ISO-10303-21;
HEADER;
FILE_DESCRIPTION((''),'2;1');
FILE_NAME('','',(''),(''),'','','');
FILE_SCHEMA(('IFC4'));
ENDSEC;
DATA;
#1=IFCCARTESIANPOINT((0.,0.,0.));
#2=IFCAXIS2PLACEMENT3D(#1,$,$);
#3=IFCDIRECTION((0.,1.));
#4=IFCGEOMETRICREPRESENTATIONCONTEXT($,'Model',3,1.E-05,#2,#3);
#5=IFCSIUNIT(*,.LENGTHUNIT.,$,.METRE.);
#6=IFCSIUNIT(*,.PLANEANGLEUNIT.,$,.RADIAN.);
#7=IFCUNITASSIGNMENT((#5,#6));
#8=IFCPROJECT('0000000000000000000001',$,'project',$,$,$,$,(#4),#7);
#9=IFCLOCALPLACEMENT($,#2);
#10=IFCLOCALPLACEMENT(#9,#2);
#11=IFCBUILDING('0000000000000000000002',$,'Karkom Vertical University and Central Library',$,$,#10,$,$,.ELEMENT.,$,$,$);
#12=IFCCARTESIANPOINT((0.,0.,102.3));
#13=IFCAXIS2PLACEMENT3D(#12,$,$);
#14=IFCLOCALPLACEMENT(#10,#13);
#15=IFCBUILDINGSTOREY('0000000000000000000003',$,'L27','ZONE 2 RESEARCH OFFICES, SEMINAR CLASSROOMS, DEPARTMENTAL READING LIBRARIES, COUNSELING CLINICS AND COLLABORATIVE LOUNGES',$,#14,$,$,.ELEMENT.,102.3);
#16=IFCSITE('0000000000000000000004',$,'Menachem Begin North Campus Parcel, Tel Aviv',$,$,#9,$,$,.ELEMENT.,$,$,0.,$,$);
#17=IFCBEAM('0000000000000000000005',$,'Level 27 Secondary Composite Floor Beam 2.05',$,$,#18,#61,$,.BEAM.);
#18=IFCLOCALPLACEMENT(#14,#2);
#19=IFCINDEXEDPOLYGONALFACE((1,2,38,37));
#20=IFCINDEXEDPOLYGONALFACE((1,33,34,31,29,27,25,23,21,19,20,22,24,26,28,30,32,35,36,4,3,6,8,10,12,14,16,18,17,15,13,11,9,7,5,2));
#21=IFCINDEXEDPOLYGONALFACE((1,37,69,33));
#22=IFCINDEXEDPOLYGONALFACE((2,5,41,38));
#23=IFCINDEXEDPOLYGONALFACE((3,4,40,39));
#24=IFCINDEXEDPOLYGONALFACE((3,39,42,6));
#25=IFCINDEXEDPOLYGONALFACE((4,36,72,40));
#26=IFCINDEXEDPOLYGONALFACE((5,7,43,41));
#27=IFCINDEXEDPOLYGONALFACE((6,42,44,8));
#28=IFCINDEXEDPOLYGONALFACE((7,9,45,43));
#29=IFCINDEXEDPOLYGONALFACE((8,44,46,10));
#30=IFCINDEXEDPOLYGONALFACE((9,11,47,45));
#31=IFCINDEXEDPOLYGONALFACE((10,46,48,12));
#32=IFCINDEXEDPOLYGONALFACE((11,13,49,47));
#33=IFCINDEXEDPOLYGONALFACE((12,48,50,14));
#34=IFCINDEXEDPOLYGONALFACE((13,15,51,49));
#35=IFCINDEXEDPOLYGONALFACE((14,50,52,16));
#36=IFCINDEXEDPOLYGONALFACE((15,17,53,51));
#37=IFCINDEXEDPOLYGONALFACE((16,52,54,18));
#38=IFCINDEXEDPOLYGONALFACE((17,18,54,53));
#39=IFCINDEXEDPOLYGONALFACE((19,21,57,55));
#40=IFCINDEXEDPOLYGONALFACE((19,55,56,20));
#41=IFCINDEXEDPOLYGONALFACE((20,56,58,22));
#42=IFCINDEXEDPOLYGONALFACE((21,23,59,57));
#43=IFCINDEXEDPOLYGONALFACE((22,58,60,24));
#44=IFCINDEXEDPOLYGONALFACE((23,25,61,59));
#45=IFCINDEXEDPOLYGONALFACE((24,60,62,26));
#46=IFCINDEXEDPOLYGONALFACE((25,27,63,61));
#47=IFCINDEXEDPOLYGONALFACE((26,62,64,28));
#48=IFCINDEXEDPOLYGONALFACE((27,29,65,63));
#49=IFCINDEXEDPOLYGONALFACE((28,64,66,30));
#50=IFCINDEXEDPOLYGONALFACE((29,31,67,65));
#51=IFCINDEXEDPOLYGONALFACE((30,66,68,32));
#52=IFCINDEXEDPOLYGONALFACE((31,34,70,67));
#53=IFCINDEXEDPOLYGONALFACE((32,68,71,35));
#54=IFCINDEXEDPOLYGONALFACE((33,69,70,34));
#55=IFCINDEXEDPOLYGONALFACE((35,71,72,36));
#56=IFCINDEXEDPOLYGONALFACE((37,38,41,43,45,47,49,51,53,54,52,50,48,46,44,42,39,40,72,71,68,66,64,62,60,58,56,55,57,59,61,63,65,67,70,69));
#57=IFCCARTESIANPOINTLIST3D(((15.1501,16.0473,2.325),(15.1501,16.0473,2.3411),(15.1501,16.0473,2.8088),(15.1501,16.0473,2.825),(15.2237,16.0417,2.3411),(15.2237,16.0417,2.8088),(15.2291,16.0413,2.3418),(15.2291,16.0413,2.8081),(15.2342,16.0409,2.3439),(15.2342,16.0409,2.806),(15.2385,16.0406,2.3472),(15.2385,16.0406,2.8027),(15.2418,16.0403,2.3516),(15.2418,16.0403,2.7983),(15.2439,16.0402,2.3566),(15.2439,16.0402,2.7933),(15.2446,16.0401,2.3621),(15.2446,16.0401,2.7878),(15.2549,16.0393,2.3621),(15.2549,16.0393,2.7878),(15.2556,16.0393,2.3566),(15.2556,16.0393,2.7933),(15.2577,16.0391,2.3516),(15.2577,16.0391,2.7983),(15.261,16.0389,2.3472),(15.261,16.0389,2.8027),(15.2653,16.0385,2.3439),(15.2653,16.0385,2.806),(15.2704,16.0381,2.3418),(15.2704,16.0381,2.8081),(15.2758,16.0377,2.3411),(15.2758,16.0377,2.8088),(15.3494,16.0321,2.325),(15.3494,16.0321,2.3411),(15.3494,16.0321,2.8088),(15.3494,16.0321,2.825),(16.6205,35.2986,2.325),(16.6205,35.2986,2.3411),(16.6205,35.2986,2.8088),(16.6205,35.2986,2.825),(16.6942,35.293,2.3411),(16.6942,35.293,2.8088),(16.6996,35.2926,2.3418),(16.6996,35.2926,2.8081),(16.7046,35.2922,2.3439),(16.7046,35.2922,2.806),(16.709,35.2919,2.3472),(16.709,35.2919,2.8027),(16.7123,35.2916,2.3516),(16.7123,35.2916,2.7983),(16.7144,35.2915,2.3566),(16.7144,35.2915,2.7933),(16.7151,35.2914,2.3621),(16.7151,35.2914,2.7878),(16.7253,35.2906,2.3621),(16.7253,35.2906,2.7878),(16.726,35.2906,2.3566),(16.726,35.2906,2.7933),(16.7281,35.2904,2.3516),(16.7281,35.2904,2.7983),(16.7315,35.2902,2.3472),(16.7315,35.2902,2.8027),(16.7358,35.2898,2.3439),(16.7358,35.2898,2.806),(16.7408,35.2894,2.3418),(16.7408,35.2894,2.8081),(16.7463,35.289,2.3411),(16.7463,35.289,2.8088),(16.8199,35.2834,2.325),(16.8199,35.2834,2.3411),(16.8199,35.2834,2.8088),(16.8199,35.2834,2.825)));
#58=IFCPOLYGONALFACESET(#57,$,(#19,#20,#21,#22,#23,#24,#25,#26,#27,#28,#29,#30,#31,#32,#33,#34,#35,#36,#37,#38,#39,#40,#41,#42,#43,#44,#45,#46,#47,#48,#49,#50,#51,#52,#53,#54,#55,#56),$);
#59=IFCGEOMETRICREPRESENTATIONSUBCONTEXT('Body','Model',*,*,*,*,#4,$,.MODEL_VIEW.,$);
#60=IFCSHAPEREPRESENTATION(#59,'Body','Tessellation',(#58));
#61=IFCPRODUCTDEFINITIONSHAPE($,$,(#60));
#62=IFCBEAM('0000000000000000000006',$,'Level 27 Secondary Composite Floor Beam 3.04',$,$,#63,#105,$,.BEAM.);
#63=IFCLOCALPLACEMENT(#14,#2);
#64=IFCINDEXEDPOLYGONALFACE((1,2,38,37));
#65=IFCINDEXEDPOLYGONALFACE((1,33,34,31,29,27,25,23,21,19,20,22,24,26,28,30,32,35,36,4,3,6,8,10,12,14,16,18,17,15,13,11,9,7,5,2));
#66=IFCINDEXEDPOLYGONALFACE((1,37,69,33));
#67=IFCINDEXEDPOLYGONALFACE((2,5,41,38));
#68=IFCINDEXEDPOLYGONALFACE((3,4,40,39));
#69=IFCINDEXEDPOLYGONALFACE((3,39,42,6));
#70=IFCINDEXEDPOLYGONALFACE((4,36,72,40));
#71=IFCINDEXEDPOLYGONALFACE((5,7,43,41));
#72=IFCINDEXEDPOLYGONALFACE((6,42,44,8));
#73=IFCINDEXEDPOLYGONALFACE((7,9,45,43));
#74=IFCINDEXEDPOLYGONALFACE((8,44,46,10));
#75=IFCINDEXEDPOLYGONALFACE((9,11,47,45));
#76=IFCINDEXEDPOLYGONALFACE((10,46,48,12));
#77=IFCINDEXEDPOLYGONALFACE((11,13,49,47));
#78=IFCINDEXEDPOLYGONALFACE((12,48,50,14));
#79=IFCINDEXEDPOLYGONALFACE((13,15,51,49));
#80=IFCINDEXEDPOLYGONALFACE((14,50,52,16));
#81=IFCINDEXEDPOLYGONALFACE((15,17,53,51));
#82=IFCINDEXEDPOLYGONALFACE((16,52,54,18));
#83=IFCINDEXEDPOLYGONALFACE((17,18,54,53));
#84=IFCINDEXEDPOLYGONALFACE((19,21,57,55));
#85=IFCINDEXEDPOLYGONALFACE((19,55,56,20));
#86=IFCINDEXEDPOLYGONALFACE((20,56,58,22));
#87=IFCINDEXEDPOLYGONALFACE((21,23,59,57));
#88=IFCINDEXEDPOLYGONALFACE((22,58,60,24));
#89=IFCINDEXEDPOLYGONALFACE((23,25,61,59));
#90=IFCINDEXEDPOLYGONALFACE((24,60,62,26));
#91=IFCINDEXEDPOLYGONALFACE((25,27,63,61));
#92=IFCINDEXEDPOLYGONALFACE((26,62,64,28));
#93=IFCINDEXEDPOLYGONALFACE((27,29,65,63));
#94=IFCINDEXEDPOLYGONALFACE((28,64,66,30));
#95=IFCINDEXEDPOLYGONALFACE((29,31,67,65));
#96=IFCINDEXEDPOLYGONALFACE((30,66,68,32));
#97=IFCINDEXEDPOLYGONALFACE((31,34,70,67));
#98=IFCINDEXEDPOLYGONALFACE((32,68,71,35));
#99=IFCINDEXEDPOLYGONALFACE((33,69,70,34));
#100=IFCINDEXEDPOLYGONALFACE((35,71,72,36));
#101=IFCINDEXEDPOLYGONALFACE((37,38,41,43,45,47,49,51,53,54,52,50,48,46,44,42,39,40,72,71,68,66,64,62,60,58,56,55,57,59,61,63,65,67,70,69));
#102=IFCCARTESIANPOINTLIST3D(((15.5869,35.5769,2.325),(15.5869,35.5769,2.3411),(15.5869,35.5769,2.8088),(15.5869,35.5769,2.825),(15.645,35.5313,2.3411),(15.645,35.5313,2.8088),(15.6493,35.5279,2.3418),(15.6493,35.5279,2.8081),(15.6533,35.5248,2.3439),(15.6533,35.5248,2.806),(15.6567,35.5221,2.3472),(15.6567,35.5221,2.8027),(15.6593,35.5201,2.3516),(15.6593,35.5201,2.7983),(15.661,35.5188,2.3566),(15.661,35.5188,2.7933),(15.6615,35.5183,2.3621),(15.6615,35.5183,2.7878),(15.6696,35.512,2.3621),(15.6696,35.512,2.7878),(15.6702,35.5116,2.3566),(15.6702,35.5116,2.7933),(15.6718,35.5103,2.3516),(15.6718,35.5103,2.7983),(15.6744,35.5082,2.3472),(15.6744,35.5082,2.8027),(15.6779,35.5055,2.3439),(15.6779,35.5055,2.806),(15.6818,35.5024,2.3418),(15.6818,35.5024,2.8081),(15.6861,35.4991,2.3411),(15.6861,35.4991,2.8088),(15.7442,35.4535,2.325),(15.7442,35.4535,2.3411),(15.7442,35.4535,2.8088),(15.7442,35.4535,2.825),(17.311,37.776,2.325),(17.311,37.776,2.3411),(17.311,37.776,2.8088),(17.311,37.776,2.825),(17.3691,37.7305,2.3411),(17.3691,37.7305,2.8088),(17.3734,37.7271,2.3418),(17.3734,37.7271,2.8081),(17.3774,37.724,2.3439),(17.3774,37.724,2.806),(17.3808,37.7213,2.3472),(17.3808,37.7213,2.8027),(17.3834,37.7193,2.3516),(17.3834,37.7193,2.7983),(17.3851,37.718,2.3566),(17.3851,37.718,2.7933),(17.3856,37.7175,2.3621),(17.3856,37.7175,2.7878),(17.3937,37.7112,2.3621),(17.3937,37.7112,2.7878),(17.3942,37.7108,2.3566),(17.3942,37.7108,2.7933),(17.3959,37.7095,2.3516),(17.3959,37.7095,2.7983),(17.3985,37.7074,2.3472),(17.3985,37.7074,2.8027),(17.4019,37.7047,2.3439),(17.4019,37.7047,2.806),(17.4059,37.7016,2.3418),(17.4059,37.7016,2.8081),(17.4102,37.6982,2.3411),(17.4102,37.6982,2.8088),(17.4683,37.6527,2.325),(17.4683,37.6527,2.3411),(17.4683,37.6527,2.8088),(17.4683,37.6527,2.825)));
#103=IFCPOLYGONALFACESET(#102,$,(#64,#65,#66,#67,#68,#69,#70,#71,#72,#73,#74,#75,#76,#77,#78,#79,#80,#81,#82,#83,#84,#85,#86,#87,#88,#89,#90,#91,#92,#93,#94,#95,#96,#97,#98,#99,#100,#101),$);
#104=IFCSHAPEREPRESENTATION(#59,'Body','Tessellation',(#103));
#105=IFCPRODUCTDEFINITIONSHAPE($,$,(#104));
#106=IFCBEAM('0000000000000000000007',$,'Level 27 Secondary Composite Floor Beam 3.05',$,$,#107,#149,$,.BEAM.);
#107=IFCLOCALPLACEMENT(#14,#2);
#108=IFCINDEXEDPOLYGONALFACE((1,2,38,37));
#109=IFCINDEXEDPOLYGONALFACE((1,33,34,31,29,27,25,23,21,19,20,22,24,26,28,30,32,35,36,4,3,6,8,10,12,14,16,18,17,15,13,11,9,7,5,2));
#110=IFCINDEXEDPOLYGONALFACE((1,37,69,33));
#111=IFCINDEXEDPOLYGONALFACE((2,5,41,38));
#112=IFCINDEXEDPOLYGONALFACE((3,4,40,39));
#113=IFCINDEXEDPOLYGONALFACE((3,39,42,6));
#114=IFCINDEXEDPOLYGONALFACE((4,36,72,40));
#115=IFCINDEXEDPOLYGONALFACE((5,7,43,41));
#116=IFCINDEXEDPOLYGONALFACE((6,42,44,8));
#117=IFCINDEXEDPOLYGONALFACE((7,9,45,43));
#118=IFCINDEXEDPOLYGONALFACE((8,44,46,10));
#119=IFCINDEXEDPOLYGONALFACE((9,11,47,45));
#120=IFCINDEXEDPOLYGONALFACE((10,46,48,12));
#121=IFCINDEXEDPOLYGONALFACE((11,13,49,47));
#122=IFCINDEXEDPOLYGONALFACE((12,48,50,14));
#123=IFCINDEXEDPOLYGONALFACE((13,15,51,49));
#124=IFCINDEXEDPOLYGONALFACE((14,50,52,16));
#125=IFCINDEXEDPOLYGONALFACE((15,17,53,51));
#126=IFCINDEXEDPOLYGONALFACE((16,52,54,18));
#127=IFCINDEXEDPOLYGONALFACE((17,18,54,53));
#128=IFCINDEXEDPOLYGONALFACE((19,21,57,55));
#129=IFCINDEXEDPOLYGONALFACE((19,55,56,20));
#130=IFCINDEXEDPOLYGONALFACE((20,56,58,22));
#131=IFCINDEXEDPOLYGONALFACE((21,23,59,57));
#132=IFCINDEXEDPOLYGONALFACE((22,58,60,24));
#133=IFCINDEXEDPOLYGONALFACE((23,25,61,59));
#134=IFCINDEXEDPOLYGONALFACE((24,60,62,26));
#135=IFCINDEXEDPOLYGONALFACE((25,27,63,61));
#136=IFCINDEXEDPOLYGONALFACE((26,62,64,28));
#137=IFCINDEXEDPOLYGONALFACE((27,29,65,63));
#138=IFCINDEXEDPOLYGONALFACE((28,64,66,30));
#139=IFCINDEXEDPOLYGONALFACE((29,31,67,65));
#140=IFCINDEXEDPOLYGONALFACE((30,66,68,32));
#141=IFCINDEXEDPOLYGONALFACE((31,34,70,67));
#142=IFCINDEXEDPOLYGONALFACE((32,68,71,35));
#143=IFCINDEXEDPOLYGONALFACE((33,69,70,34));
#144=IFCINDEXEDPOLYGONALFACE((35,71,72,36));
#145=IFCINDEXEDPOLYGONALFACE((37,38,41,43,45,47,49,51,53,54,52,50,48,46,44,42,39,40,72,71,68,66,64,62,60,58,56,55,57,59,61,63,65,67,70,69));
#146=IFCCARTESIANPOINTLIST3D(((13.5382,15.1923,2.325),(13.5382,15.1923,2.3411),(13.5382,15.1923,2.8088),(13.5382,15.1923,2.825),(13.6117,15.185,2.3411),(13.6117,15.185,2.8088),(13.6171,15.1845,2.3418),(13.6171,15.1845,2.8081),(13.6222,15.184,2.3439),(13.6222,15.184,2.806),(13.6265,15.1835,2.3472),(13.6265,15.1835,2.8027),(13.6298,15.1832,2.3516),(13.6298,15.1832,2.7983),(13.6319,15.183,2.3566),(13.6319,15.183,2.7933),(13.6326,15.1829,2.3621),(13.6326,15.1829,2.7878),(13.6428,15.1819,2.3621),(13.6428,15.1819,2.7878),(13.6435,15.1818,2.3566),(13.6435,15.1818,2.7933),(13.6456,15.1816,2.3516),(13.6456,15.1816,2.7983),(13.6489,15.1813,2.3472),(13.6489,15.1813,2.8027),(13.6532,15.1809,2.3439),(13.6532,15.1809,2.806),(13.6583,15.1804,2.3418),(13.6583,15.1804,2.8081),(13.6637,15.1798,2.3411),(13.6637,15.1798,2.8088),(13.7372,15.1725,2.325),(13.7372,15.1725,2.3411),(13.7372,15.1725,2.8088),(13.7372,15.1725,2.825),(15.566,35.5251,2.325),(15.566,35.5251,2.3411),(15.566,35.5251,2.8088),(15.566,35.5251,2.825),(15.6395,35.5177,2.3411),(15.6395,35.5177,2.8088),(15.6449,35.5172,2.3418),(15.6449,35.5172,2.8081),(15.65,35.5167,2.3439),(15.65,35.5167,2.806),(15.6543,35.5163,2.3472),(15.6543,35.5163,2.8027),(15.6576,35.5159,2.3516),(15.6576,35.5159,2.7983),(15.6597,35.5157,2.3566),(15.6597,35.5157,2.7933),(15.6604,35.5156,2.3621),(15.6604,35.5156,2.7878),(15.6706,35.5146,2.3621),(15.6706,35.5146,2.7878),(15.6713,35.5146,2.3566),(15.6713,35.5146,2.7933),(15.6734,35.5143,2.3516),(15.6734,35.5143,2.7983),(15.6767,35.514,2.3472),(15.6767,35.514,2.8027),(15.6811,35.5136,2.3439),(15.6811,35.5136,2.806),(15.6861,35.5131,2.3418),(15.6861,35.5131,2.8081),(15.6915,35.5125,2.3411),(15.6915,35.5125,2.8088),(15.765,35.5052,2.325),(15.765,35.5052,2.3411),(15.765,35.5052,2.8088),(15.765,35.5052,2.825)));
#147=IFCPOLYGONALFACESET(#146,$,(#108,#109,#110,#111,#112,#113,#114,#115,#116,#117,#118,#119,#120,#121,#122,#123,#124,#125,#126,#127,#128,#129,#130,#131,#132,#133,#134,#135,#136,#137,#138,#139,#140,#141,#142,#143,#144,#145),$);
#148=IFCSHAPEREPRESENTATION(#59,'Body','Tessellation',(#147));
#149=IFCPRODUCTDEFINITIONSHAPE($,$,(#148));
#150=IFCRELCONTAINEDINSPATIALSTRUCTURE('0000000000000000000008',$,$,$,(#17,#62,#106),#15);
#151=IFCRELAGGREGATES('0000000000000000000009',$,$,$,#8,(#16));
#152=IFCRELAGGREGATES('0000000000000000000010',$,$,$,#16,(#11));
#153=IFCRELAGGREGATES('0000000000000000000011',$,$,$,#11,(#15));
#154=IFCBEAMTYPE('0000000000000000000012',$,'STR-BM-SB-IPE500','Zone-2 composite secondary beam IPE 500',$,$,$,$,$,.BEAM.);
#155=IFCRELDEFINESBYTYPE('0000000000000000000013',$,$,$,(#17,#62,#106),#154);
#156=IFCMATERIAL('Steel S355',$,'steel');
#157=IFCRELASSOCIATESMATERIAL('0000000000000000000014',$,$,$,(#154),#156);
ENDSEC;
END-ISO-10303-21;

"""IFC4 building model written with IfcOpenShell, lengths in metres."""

from ifc_helpers import new_model, si_unit, direction, frame, origin, origin_with_axes, origin_2d, place, context, subcontext, project, spatial, i_section, extrude, source, transform, mapped, material, material_profile, profile_set, type_object, element, save


model = new_model("IFC4")

# Units and contexts
model_context = context("Model", 3, precision=1e-05, world=origin(), true_north=direction((0.0, 1.0)))
body_context = subcontext(model_context, "Body", "Model", "MODEL_VIEW")
ifc_project = project(units=[si_unit("LENGTHUNIT", "METRE"), si_unit("PLANEANGLEUNIT", "RADIAN")], contexts=[model_context])

# Site, building, storey
site_placement = place(None, origin())
site = spatial("IfcSite", under=ifc_project, at=site_placement, Name="Menachem Begin North Campus Parcel, Tel Aviv", CompositionType="ELEMENT", RefElevation=0.0)
building_placement = place(site_placement, origin())
building = spatial("IfcBuilding", under=site, at=building_placement, Name="Karkom Vertical University and Central Library", CompositionType="ELEMENT")
storey_placement = place(building_placement, frame((0.0, 0.0, 102.3)))
storey = spatial("IfcBuildingStorey", under=building, at=storey_placement, Name="L27", Description="ZONE 2 RESEARCH OFFICES, SEMINAR CLASSROOMS, DEPARTMENTAL READING LIBRARIES, COUNSELING CLINICS AND COLLABORATIVE LOUNGES", CompositionType="ELEMENT", Elevation=102.3)

# Beams
ifc_material_1 = material(Name="Steel S355", Category="steel")
ifc_material_profile_1 = material_profile(ifc_material_1, i_section(OverallWidth=0.2, OverallDepth=0.5, WebThickness=0.0103, FlangeThickness=0.0161, FilletRadius=0.021, at=origin_2d()), Name="IPE 500")
ifc_profile_set_1 = profile_set([ifc_material_profile_1], Name="Steel S355")
beam_type_1 = type_object("IfcBeamType", Name="STR-BM-SB-IPE500", Description="Zone-2 composite secondary beam IPE 500", PredefinedType="BEAM", material=ifc_profile_set_1)
shared_shape_1 = source(origin_with_axes(), body_context, "Body", "SweptSolid", [
    extrude(i_section(OverallWidth=0.2, OverallDepth=0.5, WebThickness=0.0103, FlangeThickness=0.0161, FilletRadius=0.021, at=origin_2d()), origin(), (0.0, 0.0, 1.0), 19.3074),
])
beam_1_placement = place(storey_placement, frame((16.7202, 35.291, 2.575), z_axis=(-0.076161, -0.997096, 0.0), x_axis=(0.997096, -0.076161, 0.0)))
element("IfcBeam", 1, at=beam_1_placement, inside=storey, type_object=beam_type_1, Name="Level 27 Secondary Composite Floor Beam 2.05", PredefinedType="BEAM", context=body_context, shape_type="MappedRepresentation", body=[
    mapped(shared_shape_1, transform((0.0, 0.0, 0.0), scale=1.0)),
])
shared_shape_2 = source(origin_with_axes(), body_context, "Body", "SweptSolid", [
    extrude(i_section(OverallWidth=0.2, OverallDepth=0.5, WebThickness=0.0103, FlangeThickness=0.0161, FilletRadius=0.021, at=origin_2d()), origin(), (0.0, 0.0, 1.0), 2.7944),
])
beam_2_placement = place(storey_placement, frame((17.3896, 37.7144, 2.575), z_axis=(-0.616972, -0.786985, 0.0), x_axis=(0.786985, -0.616972, 0.0)))
element("IfcBeam", 2, at=beam_2_placement, inside=storey, type_object=beam_type_1, Name="Level 27 Secondary Composite Floor Beam 3.04", PredefinedType="BEAM", context=body_context, shape_type="MappedRepresentation", body=[
    mapped(shared_shape_2, transform((0.0, 0.0, 0.0), scale=1.0)),
])
shared_shape_3 = source(origin_with_axes(), body_context, "Body", "SweptSolid", [
    extrude(i_section(OverallWidth=0.2, OverallDepth=0.5, WebThickness=0.0103, FlangeThickness=0.0161, FilletRadius=0.021, at=origin_2d()), origin(), (0.0, 0.0, 1.0), 20.4336),
])
beam_3_placement = place(storey_placement, frame((15.6655, 35.5151, 2.575), z_axis=(-0.09924, -0.995064, 0.0), x_axis=(0.995064, -0.09924, 0.0)))
element("IfcBeam", 3, at=beam_3_placement, inside=storey, type_object=beam_type_1, Name="Level 27 Secondary Composite Floor Beam 3.05", PredefinedType="BEAM", context=body_context, shape_type="MappedRepresentation", body=[
    mapped(shared_shape_3, transform((0.0, 0.0, 0.0), scale=1.0)),
])

save(model, "model.ifc")
